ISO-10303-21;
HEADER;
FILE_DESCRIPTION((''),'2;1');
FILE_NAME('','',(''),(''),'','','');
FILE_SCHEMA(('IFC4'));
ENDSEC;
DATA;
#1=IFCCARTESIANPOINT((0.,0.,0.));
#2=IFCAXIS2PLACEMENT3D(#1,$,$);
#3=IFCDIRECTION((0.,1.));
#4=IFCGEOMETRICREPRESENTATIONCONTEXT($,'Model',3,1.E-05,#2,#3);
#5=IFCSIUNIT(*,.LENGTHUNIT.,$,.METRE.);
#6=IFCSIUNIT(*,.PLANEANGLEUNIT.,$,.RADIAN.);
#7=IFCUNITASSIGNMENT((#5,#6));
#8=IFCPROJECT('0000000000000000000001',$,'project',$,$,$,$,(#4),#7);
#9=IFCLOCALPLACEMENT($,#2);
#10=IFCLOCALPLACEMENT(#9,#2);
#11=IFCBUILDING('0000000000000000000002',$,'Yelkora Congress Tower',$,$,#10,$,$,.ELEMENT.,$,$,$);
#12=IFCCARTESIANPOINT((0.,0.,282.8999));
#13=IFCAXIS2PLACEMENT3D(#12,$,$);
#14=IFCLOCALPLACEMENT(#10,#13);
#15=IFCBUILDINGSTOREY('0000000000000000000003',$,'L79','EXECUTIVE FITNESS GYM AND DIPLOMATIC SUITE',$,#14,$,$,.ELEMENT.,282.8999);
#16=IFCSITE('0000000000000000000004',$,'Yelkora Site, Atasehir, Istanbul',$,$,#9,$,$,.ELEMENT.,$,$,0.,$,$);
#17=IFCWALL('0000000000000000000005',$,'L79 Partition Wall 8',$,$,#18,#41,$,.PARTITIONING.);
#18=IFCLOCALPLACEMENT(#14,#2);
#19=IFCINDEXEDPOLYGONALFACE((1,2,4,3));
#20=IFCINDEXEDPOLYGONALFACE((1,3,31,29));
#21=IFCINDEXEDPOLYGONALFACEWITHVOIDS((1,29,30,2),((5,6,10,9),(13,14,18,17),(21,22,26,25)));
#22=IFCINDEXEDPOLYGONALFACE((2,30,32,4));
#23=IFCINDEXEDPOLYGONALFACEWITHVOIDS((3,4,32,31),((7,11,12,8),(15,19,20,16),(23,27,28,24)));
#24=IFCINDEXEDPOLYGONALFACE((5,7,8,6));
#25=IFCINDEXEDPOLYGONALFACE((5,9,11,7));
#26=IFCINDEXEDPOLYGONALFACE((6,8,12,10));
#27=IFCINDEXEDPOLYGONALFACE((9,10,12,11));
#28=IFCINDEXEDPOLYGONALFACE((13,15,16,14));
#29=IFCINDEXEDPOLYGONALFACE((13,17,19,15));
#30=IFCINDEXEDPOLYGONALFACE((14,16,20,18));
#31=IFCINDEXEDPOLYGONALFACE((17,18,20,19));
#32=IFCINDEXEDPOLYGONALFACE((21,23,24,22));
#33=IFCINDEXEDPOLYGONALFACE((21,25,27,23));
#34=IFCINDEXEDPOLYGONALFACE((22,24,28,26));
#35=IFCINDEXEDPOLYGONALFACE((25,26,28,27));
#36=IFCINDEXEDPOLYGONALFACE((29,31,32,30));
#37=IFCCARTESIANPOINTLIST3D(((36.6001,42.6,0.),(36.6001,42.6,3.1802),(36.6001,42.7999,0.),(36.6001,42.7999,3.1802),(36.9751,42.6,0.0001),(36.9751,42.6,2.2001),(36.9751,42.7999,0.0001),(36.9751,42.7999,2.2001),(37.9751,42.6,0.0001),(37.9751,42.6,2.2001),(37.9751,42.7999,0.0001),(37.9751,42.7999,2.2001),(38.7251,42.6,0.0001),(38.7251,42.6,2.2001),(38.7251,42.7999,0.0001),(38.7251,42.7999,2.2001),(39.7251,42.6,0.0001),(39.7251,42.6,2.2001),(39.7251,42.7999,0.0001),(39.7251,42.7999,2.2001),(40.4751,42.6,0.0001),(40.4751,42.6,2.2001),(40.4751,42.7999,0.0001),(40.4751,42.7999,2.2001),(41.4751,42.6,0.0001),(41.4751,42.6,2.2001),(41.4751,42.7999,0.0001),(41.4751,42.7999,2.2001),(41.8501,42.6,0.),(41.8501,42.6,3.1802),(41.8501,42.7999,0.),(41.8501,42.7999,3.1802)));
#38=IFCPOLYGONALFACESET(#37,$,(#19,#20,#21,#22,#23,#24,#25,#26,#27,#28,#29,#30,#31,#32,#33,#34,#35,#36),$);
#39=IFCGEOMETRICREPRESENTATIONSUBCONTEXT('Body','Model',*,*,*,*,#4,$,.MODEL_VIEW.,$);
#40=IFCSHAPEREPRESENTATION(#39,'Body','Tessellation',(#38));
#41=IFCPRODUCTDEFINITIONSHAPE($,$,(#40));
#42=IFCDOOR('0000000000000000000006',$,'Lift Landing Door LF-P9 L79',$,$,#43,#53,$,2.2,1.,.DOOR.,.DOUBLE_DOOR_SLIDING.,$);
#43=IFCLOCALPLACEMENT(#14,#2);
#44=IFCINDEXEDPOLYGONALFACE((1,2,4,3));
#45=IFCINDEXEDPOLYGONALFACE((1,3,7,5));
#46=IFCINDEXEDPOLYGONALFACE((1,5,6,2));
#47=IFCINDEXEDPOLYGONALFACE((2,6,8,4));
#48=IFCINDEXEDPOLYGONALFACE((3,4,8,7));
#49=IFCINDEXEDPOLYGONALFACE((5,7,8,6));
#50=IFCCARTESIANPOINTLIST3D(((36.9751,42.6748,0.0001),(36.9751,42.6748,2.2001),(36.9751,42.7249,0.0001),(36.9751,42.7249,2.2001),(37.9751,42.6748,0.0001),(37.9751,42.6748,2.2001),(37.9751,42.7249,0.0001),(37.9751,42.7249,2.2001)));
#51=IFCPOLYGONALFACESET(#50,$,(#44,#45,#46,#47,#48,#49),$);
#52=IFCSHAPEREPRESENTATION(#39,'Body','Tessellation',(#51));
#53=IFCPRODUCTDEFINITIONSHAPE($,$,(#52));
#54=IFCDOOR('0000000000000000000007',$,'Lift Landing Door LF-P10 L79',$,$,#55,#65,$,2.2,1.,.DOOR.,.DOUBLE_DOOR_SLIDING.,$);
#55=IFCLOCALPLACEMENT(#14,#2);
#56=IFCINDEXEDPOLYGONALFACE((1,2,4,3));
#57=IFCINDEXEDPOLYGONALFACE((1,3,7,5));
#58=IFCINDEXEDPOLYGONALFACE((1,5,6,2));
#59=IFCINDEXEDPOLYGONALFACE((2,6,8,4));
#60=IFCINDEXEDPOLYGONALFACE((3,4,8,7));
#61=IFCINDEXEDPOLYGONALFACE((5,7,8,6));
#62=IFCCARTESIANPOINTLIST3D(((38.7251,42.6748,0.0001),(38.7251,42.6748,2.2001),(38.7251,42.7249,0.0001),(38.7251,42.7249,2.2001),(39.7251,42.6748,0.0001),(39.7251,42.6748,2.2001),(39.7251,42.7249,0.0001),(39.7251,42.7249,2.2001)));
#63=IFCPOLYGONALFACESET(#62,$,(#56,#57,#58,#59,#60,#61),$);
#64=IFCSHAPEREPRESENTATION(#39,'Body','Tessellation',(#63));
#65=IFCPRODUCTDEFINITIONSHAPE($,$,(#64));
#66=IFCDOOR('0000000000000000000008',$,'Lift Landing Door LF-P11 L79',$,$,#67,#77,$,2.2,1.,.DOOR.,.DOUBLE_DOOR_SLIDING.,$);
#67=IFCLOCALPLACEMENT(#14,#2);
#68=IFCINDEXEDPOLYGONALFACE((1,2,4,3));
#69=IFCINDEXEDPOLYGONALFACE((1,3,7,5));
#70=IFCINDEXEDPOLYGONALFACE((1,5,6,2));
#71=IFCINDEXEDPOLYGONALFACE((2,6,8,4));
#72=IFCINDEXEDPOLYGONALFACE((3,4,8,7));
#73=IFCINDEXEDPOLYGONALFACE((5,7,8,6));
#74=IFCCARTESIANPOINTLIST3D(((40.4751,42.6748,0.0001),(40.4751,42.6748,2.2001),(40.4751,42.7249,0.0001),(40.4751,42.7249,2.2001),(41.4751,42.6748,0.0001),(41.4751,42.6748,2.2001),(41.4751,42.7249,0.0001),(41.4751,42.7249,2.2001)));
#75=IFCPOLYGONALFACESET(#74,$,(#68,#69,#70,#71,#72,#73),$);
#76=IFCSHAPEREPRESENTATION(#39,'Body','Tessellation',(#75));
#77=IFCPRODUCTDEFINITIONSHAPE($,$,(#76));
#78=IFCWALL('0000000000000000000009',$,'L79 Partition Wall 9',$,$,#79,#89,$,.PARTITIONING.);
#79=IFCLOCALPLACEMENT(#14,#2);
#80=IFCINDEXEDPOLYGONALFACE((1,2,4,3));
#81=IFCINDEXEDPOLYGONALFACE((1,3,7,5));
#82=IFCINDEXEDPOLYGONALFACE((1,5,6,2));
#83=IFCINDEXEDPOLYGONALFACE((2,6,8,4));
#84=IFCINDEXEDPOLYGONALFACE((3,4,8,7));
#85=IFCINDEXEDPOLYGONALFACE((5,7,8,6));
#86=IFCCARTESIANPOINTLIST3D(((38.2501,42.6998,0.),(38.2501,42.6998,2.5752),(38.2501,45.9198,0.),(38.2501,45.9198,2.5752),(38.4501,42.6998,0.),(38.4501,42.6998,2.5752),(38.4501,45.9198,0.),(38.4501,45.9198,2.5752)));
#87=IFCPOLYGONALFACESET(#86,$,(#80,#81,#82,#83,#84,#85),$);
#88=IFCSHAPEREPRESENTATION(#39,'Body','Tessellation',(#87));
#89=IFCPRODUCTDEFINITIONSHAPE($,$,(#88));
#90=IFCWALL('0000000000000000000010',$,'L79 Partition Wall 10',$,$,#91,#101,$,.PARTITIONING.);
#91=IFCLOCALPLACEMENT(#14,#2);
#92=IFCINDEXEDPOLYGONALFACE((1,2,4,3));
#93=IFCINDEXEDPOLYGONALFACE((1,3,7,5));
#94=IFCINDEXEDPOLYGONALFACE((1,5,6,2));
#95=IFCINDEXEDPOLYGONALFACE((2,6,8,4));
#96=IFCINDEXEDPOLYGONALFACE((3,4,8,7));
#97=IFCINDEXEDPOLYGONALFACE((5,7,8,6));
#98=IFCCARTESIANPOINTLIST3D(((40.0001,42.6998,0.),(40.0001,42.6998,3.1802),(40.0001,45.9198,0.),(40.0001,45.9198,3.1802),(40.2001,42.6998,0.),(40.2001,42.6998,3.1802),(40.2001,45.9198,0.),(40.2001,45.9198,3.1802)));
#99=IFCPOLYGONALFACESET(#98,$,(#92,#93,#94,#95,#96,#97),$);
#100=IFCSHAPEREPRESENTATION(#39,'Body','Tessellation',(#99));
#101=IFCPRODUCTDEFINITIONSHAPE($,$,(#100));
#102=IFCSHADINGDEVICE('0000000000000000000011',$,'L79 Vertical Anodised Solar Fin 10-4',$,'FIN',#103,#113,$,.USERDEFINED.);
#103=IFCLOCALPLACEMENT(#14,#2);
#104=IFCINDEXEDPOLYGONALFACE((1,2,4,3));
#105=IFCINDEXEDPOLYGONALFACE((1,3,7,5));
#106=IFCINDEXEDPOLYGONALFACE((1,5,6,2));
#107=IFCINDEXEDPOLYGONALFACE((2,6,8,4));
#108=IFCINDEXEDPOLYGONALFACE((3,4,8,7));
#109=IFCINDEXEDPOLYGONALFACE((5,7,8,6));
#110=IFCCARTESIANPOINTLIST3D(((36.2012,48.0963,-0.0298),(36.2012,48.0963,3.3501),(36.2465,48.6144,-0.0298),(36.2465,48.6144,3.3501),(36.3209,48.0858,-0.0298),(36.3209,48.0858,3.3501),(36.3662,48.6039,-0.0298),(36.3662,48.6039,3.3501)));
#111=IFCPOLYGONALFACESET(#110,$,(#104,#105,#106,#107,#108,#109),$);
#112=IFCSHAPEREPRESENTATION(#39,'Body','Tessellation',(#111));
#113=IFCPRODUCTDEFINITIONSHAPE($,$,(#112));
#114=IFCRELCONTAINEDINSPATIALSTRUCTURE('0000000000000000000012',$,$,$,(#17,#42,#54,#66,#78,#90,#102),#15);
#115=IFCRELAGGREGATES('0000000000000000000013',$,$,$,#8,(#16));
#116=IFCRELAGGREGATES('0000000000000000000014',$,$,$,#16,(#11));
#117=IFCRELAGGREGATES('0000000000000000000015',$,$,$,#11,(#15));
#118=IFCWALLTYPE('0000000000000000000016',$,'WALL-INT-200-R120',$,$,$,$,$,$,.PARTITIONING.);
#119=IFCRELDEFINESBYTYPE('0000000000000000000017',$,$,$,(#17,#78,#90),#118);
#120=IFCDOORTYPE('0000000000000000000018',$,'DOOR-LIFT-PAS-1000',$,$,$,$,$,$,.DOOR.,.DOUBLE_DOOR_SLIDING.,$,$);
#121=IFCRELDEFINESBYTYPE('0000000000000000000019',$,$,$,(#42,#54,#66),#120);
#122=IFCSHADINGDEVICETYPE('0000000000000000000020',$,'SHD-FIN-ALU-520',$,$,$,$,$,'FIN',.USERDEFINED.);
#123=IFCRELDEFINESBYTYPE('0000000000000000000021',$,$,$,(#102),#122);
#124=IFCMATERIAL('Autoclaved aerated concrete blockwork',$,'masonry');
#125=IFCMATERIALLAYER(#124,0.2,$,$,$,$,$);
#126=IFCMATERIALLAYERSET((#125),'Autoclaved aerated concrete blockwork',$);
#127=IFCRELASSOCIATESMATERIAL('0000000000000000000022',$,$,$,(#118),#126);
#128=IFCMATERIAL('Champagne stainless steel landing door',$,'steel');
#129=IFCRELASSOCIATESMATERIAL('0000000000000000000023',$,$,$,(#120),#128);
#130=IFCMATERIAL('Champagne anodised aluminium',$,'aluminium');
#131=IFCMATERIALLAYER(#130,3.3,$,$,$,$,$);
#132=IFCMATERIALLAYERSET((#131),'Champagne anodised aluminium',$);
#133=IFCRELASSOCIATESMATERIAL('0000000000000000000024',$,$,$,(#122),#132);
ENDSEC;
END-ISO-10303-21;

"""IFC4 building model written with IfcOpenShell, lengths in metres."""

from ifc_helpers import new_model, si_unit, direction, frame, frame_2d, origin, origin_2d, place, context, subcontext, project, spatial, rectangle, extrude, material, layer, layer_set, type_object, element, fill, save


model = new_model("IFC4")

# Units and contexts
model_context = context("Model", 3, precision=1e-05, world=origin(), true_north=direction((0.0, 1.0)))
body_context = subcontext(model_context, "Body", "Model", "MODEL_VIEW")
ifc_project = project(units=[si_unit("LENGTHUNIT", "METRE"), si_unit("PLANEANGLEUNIT", "RADIAN")], contexts=[model_context])

# Site, building, storey
site_placement = place(None, origin())
site = spatial("IfcSite", under=ifc_project, at=site_placement, Name="Yelkora Site, Atasehir, Istanbul", CompositionType="ELEMENT", RefElevation=0.0)
building_placement = place(site_placement, origin())
building = spatial("IfcBuilding", under=site, at=building_placement, Name="Yelkora Congress Tower", CompositionType="ELEMENT")
storey_placement = place(building_placement, frame((0.0, 0.0, 282.8999)))
storey = spatial("IfcBuildingStorey", under=building, at=storey_placement, Name="L79", Description="EXECUTIVE FITNESS GYM AND DIPLOMATIC SUITE", CompositionType="ELEMENT", Elevation=282.8999)

# Wall, openings, doors
ifc_material_1 = material(Name="Autoclaved aerated concrete blockwork", Category="masonry")
ifc_layer_1 = layer(ifc_material_1, 0.2)
ifc_layer_set_1 = layer_set([ifc_layer_1], Name="Autoclaved aerated concrete blockwork")
wall_type_1 = type_object("IfcWallType", Name="WALL-INT-200-R120", PredefinedType="PARTITIONING", material=ifc_layer_set_1)
wall_1_placement = place(storey_placement, frame((36.6001, 42.7, 0.0), z_axis=(0.0, 0.0, 1.0), x_axis=(1.0, 0.0, 0.0)))
wall_1 = element("IfcWall", 1, at=wall_1_placement, inside=storey, type_object=wall_type_1, Name="L79 Partition Wall 8", PredefinedType="PARTITIONING", context=body_context, shape_type="SweptSolid", body=[
    extrude(rectangle(XDim=5.25, YDim=0.2, at=frame_2d((2.625, 0.0))), origin(), (0.0, 0.0, 1.0), 3.1802),
])
opening_1_placement = place(wall_1_placement, frame((0.375, 0.0, 0.0)))
opening_1 = element("IfcOpeningElement", 2, at=opening_1_placement, cuts=wall_1, PredefinedType="OPENING", context=body_context, shape_type="SweptSolid", body=[
    extrude(rectangle(XDim=1.0, YDim=2.2, at=frame_2d((0.5, 1.1001))), frame((0.0, 0.1099, 0.0), z_axis=(0.0, -1.0, 0.0), x_axis=(1.0, 0.0, 0.0)), (0.0, 0.0, 1.0), 0.22),
])
opening_2_placement = place(wall_1_placement, frame((2.125, 0.0, 0.0)))
opening_2 = element("IfcOpeningElement", 3, at=opening_2_placement, cuts=wall_1, PredefinedType="OPENING", context=body_context, shape_type="SweptSolid", body=[
    extrude(rectangle(XDim=1.0, YDim=2.2, at=frame_2d((0.5, 1.1001))), frame((0.0, 0.1099, 0.0), z_axis=(0.0, -1.0, 0.0), x_axis=(1.0, 0.0, 0.0)), (0.0, 0.0, 1.0), 0.22),
])
opening_3_placement = place(wall_1_placement, frame((3.875, 0.0, 0.0)))
opening_3 = element("IfcOpeningElement", 4, at=opening_3_placement, cuts=wall_1, PredefinedType="OPENING", context=body_context, shape_type="SweptSolid", body=[
    extrude(rectangle(XDim=1.0, YDim=2.2, at=frame_2d((0.5, 1.1001))), frame((0.0, 0.1099, 0.0), z_axis=(0.0, -1.0, 0.0), x_axis=(1.0, 0.0, 0.0)), (0.0, 0.0, 1.0), 0.22),
])
ifc_material_2 = material(Name="Champagne stainless steel landing door", Category="steel")
door_type_1 = type_object("IfcDoorType", Name="DOOR-LIFT-PAS-1000", OperationType="DOUBLE_DOOR_SLIDING", PredefinedType="DOOR", material=ifc_material_2)
door_1_placement = place(opening_1_placement, origin())
door_1 = element("IfcDoor", 5, at=door_1_placement, inside=storey, type_object=door_type_1, Name="Lift Landing Door LF-P9 L79", OperationType="DOUBLE_DOOR_SLIDING", OverallHeight=2.2, OverallWidth=1.0, PredefinedType="DOOR", context=body_context, shape_type="SweptSolid", body=[
    extrude(rectangle(XDim=1.0, YDim=2.2, at=frame_2d((0.5, 1.1001))), frame((0.0, 0.0249, 0.0), z_axis=(0.0, -1.0, 0.0), x_axis=(1.0, 0.0, 0.0)), (0.0, 0.0, 1.0), 0.05),
])
fill(opening_1, door_1)
door_2_placement = place(opening_2_placement, origin())
door_2 = element("IfcDoor", 6, at=door_2_placement, inside=storey, type_object=door_type_1, Name="Lift Landing Door LF-P10 L79", OperationType="DOUBLE_DOOR_SLIDING", OverallHeight=2.2, OverallWidth=1.0, PredefinedType="DOOR", context=body_context, shape_type="SweptSolid", body=[
    extrude(rectangle(XDim=1.0, YDim=2.2, at=frame_2d((0.5, 1.1001))), frame((0.0, 0.0249, 0.0), z_axis=(0.0, -1.0, 0.0), x_axis=(1.0, 0.0, 0.0)), (0.0, 0.0, 1.0), 0.05),
])
fill(opening_2, door_2)
door_3_placement = place(opening_3_placement, origin())
door_3 = element("IfcDoor", 7, at=door_3_placement, inside=storey, type_object=door_type_1, Name="Lift Landing Door LF-P11 L79", OperationType="DOUBLE_DOOR_SLIDING", OverallHeight=2.2, OverallWidth=1.0, PredefinedType="DOOR", context=body_context, shape_type="SweptSolid", body=[
    extrude(rectangle(XDim=1.0, YDim=2.2, at=frame_2d((0.5, 1.1001))), frame((0.0, 0.0249, 0.0), z_axis=(0.0, -1.0, 0.0), x_axis=(1.0, 0.0, 0.0)), (0.0, 0.0, 1.0), 0.05),
])
fill(opening_3, door_3)

# Walls
wall_2_placement = place(storey_placement, frame((38.3501, 42.7, 0.0), z_axis=(0.0, 0.0, 1.0), x_axis=(0.0, 1.0, 0.0)))
element("IfcWall", 8, at=wall_2_placement, inside=storey, type_object=wall_type_1, Name="L79 Partition Wall 9", PredefinedType="PARTITIONING", context=body_context, shape_type="SweptSolid", body=[
    extrude(rectangle(XDim=3.22, YDim=0.2, at=frame_2d((1.6099, 0.0))), origin(), (0.0, 0.0, 1.0), 2.5752),
])
wall_3_placement = place(storey_placement, frame((40.1001, 42.7, 0.0), z_axis=(0.0, 0.0, 1.0), x_axis=(0.0, 1.0, 0.0)))
element("IfcWall", 9, at=wall_3_placement, inside=storey, type_object=wall_type_1, Name="L79 Partition Wall 10", PredefinedType="PARTITIONING", context=body_context, shape_type="SweptSolid", body=[
    extrude(rectangle(XDim=3.22, YDim=0.2, at=frame_2d((1.6099, 0.0))), origin(), (0.0, 0.0, 1.0), 3.1802),
])

# Shading device
ifc_material_3 = material(Name="Champagne anodised aluminium", Category="aluminium")
ifc_layer_2 = layer(ifc_material_3, 3.3)
ifc_layer_set_2 = layer_set([ifc_layer_2], Name="Champagne anodised aluminium")
shading_device_type = type_object("IfcShadingDeviceType", Name="SHD-FIN-ALU-520", ElementType="FIN", PredefinedType="USERDEFINED", material=ifc_layer_set_2)
shading_device_placement = place(storey_placement, frame((36.2837, 48.3501, -0.0298), z_axis=(0.0, 0.0, 1.0), x_axis=(0.996195, -0.087156, 0.0)))
element("IfcShadingDevice", 10, at=shading_device_placement, inside=storey, type_object=shading_device_type, Name="L79 Vertical Anodised Solar Fin 10-4", ObjectType="FIN", PredefinedType="USERDEFINED", context=body_context, shape_type="SweptSolid", body=[
    extrude(rectangle(XDim=0.1201, YDim=0.52, at=origin_2d()), origin(), (0.0, 0.0, 1.0), 3.3799),
])

save(model, "model.ifc")
